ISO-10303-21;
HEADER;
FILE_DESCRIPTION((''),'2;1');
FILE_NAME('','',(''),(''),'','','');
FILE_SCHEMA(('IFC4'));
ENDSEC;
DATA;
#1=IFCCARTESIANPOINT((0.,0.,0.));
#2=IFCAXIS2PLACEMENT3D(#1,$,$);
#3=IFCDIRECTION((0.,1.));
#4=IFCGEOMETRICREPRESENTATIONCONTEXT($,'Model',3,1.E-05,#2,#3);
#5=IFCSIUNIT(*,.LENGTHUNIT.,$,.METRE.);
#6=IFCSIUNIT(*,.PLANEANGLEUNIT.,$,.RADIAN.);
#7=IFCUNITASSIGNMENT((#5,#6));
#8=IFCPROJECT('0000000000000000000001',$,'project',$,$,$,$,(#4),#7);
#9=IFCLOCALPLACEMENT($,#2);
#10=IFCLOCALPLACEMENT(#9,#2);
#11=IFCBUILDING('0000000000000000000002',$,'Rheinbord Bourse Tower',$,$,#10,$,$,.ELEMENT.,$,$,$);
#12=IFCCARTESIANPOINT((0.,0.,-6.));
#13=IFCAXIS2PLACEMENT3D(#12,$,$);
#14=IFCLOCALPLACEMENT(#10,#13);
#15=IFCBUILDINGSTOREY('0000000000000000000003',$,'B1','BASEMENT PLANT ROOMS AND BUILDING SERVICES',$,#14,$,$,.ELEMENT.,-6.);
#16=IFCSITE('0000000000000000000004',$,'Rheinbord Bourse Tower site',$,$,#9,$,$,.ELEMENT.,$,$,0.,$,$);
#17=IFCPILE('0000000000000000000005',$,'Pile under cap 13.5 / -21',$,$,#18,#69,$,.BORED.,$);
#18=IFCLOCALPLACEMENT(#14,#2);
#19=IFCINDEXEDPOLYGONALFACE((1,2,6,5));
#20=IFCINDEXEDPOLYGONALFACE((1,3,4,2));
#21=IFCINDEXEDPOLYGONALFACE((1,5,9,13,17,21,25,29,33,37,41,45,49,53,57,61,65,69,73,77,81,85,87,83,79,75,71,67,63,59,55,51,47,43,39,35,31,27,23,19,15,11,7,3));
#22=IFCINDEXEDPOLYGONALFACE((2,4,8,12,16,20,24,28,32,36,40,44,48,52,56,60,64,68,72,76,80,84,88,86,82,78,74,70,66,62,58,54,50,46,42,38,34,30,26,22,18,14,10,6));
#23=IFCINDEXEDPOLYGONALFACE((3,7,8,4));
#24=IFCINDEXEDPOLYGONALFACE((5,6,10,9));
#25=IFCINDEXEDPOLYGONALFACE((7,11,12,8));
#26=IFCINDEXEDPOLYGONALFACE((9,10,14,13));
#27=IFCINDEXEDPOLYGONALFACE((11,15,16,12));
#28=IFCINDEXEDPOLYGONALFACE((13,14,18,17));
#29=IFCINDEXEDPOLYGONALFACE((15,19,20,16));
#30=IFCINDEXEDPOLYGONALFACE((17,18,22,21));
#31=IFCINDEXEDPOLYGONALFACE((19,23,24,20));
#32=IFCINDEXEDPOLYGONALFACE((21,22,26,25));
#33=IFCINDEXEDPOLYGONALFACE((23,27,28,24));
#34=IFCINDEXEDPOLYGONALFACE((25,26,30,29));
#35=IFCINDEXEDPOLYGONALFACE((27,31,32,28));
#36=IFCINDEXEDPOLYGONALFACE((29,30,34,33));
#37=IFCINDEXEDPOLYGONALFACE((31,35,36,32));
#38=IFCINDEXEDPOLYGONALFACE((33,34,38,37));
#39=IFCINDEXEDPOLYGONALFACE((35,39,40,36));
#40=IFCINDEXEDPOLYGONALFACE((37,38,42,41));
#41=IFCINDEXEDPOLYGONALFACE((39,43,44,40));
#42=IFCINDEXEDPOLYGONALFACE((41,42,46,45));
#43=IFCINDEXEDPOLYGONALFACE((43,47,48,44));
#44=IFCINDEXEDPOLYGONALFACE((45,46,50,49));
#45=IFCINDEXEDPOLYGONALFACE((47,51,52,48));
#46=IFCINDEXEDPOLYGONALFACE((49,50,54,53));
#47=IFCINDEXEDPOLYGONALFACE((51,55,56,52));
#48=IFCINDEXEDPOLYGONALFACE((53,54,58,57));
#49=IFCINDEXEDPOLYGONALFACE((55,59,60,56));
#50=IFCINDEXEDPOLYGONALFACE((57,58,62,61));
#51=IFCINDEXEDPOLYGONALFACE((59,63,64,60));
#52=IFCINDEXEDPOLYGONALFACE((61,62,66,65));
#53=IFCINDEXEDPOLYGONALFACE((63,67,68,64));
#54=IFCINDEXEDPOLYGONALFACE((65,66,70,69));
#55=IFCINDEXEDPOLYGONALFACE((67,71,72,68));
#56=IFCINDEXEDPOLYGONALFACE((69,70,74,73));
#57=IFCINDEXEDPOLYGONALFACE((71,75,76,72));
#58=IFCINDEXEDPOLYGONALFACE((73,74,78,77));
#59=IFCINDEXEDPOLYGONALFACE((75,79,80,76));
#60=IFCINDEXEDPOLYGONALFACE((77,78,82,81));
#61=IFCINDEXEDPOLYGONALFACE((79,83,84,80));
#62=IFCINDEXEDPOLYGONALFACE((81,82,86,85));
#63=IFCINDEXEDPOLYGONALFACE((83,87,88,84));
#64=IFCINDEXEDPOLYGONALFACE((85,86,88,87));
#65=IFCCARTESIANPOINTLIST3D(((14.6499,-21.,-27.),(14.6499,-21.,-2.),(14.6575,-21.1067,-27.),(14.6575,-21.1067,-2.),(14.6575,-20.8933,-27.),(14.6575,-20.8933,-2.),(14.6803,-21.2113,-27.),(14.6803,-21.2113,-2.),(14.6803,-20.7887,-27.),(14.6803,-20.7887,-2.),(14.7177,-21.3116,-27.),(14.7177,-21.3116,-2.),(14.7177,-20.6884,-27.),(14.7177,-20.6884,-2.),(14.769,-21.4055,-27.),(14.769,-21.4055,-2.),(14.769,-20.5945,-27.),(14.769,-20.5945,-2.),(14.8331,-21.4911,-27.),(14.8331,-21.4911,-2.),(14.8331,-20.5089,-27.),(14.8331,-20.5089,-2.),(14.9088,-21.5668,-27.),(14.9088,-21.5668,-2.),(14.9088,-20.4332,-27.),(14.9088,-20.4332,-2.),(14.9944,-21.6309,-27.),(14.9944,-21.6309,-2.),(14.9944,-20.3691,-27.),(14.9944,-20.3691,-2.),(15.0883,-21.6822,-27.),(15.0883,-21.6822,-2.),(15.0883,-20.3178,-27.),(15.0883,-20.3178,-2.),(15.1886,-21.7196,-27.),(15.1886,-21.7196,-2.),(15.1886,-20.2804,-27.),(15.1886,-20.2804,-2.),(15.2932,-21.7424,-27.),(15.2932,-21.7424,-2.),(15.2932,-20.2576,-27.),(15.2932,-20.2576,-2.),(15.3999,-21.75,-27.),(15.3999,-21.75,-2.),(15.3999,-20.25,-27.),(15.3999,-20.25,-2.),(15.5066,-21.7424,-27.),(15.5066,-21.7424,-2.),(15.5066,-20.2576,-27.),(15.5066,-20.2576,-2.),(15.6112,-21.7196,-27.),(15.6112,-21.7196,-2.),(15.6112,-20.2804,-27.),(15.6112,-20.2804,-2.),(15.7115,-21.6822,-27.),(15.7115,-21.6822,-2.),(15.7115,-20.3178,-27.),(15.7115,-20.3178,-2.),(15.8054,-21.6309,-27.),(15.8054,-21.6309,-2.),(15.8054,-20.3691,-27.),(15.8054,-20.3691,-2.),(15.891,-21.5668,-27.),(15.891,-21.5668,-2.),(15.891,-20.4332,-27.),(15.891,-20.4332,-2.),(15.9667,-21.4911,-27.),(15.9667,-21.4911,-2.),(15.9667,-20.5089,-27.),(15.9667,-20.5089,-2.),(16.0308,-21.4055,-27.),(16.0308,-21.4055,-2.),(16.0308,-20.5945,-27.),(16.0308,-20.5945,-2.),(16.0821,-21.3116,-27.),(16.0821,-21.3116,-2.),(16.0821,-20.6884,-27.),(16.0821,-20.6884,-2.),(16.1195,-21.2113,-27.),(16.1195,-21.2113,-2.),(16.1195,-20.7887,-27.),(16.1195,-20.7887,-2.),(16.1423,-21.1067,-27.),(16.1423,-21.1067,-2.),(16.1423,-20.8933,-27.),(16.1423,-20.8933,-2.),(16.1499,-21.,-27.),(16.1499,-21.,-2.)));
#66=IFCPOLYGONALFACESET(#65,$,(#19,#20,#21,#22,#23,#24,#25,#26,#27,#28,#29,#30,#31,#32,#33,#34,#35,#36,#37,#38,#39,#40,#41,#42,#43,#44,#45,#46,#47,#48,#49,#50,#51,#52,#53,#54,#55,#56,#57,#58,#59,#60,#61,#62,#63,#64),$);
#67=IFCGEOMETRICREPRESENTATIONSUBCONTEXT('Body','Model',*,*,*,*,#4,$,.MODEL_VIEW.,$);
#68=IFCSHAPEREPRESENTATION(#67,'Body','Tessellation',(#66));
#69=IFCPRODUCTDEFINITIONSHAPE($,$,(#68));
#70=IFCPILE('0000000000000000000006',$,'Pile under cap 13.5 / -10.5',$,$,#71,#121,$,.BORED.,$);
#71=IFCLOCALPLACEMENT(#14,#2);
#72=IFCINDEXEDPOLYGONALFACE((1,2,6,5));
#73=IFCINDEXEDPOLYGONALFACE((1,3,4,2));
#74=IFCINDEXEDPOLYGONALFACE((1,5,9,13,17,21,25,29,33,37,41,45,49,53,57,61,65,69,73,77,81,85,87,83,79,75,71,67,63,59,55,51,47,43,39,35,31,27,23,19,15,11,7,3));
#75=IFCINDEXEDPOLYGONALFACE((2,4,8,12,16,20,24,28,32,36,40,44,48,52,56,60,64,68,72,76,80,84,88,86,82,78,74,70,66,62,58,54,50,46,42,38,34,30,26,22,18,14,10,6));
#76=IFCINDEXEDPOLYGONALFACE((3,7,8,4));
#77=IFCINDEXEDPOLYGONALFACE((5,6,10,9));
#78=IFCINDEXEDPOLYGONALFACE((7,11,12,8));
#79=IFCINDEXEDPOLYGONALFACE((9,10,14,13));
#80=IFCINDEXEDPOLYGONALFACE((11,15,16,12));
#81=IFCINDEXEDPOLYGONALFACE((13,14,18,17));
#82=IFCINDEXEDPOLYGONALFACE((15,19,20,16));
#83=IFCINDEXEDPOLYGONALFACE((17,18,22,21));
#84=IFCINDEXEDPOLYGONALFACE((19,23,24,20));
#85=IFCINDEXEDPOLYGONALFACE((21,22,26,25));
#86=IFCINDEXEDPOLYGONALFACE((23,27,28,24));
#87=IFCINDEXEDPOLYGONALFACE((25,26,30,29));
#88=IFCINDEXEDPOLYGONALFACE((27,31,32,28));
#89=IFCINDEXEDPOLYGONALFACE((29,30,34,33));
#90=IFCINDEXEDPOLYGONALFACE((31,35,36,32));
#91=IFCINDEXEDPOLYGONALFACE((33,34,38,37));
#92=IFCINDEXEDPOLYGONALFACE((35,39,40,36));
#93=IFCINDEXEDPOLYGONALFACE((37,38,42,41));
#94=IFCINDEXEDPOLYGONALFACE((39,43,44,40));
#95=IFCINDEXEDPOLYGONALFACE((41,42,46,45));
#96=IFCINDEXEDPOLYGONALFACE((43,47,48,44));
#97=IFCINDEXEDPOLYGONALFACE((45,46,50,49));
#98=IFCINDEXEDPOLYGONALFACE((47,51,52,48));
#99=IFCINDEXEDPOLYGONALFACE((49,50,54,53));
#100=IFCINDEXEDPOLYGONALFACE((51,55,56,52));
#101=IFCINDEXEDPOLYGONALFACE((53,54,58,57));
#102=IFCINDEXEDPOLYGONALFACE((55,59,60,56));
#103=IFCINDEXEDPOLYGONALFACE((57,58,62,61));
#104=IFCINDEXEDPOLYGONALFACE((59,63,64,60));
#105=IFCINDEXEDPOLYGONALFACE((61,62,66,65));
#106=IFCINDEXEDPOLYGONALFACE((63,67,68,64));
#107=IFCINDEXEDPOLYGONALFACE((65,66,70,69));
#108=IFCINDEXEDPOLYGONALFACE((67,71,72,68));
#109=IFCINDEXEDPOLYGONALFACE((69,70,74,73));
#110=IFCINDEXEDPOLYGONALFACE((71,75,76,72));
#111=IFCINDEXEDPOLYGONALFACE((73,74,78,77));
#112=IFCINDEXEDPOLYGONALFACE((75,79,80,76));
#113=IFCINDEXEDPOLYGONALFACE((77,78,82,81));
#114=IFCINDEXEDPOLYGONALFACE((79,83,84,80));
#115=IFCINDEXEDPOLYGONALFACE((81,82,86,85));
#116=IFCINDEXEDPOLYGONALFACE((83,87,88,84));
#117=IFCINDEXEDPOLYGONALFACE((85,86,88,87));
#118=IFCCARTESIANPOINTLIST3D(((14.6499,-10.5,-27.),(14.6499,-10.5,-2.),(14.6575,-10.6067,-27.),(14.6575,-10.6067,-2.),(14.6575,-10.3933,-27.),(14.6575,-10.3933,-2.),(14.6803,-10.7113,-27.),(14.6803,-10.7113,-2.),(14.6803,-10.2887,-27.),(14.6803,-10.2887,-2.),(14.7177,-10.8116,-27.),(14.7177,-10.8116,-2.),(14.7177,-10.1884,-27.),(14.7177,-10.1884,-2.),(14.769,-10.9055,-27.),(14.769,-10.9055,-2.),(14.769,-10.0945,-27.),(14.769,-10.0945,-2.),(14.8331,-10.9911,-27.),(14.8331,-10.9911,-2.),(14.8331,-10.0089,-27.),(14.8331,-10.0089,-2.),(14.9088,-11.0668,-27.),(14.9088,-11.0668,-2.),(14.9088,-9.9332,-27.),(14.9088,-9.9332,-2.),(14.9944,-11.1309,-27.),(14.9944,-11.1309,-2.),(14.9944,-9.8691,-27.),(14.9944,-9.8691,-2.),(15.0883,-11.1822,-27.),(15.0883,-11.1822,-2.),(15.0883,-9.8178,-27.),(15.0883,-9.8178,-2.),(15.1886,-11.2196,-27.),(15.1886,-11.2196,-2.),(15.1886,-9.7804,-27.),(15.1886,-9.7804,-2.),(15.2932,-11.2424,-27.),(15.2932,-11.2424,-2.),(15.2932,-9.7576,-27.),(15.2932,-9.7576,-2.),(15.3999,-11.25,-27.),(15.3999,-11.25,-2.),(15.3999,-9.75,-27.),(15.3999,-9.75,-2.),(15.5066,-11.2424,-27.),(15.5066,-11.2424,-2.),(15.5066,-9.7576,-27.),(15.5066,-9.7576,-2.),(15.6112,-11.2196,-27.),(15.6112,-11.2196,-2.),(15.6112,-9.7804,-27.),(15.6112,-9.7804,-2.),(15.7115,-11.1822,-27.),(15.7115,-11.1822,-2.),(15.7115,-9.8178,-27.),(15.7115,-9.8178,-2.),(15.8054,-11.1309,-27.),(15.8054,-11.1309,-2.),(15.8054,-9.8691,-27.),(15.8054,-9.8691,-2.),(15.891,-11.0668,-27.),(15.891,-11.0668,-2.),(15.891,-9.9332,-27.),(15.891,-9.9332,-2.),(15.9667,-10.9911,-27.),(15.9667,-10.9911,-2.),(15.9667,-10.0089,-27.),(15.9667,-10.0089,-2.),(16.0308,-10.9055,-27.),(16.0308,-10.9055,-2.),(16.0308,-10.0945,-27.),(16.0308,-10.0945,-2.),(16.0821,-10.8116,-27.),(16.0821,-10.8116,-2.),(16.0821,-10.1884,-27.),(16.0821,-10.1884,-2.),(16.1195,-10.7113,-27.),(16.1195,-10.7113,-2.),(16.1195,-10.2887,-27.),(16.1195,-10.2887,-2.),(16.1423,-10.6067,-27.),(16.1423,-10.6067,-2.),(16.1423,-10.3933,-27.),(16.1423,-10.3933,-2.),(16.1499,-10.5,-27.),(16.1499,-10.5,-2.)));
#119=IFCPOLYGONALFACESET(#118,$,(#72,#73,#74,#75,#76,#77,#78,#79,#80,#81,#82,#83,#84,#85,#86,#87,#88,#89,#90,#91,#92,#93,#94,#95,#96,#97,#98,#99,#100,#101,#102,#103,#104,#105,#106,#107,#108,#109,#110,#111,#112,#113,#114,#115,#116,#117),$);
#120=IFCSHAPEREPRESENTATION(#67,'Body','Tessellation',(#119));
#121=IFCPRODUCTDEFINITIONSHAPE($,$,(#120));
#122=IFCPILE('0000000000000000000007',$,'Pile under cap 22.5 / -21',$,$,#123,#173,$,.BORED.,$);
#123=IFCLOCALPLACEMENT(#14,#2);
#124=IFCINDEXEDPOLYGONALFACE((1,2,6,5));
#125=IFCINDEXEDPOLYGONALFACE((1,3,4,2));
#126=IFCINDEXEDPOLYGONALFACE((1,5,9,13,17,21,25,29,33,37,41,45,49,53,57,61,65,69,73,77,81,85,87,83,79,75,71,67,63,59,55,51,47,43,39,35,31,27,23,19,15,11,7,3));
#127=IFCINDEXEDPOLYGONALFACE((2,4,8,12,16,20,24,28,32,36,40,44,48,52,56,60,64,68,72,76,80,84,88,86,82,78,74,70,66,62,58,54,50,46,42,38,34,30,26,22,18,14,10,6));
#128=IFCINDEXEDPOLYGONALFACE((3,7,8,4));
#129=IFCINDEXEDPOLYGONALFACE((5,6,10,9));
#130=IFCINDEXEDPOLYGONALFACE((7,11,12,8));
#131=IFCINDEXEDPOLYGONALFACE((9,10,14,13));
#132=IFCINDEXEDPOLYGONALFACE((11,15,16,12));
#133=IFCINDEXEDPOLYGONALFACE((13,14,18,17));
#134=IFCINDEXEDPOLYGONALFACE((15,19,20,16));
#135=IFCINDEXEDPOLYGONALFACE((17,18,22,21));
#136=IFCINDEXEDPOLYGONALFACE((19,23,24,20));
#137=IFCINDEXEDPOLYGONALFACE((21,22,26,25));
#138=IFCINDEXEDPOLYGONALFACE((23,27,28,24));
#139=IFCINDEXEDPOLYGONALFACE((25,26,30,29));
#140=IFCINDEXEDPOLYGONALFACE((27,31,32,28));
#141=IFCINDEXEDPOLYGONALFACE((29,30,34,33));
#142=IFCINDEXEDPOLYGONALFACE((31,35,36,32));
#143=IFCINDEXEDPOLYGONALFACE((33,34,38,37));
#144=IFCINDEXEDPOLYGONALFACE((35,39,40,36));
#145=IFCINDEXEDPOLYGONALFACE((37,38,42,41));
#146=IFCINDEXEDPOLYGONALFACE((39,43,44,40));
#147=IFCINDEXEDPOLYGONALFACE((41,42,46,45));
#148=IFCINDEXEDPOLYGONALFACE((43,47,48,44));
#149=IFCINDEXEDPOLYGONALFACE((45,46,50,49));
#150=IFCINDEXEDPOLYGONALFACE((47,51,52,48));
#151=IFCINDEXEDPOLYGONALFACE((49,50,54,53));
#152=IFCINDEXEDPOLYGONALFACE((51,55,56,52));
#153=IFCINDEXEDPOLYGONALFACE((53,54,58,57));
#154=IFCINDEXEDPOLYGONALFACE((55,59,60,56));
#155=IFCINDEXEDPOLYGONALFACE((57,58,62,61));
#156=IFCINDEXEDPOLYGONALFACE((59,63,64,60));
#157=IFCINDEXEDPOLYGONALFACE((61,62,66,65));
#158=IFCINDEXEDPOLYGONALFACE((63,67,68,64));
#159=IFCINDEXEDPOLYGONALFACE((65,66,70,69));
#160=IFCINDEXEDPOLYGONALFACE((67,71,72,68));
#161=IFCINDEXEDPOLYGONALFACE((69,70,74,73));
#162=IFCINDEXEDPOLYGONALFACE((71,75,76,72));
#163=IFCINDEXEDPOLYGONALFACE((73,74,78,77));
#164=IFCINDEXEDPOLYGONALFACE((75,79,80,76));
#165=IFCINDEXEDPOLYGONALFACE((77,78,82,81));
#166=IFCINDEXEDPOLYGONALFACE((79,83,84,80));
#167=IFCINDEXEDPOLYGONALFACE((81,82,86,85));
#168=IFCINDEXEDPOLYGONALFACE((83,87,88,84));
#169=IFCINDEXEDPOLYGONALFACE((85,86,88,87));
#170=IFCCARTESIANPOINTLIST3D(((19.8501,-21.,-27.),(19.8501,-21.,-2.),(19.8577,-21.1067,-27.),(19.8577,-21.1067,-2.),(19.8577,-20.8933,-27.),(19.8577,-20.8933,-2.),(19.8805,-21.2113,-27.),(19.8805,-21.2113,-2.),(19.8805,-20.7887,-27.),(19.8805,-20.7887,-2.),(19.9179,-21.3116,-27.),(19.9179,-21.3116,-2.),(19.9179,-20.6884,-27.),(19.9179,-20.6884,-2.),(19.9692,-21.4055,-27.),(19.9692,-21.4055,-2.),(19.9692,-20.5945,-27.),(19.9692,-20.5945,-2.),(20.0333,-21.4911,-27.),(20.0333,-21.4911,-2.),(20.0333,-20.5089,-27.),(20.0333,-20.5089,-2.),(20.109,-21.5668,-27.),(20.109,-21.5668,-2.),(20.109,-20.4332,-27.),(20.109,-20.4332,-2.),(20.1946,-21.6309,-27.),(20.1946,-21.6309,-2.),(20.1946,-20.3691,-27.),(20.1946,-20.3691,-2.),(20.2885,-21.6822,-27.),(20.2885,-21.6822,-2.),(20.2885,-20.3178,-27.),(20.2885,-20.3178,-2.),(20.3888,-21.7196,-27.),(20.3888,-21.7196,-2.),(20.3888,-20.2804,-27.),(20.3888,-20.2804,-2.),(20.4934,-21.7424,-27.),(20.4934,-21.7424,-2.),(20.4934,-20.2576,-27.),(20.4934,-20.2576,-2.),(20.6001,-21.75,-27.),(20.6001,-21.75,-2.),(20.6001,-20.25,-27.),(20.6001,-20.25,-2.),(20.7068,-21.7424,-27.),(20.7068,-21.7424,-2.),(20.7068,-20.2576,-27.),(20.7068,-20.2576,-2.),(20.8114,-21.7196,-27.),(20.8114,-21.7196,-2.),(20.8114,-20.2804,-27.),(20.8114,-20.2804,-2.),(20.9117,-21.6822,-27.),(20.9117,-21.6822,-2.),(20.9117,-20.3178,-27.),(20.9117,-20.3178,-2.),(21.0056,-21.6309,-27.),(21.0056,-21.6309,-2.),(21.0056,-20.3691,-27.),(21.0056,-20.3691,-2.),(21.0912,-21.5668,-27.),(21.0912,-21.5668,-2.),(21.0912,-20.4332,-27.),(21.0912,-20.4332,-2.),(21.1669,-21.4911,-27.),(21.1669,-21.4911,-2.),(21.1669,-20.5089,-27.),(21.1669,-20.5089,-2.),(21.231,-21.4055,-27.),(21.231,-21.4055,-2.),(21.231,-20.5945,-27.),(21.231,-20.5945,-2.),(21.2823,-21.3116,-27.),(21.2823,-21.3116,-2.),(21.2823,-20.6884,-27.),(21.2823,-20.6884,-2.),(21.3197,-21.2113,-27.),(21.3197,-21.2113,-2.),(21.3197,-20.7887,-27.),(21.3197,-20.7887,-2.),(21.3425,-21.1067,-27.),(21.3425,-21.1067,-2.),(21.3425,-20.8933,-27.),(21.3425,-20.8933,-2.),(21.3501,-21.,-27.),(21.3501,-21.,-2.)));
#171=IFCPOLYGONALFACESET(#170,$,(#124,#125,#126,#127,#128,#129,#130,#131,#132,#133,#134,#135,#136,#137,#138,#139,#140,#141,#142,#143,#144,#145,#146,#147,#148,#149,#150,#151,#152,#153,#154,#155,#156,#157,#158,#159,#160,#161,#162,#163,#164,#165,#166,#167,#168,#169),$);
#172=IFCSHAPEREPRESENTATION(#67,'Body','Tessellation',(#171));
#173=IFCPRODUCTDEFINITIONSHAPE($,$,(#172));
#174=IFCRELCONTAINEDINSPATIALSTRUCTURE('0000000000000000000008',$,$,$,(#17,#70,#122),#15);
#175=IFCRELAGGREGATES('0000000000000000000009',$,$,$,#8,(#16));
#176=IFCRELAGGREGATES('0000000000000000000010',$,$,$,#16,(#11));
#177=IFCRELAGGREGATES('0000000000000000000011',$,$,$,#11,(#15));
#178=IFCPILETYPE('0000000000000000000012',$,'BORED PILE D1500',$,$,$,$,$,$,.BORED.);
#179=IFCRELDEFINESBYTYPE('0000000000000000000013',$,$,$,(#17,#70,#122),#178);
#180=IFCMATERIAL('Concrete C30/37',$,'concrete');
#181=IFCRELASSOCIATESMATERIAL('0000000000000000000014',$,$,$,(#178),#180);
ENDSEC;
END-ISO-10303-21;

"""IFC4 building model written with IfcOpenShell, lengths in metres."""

from ifc_helpers import new_model, si_unit, direction, frame, origin, origin_2d, place, context, subcontext, project, spatial, circle, extrude, material, material_profile, profile_set, type_object, element, save


model = new_model("IFC4")

# Units and contexts
model_context = context("Model", 3, precision=1e-05, world=origin(), true_north=direction((0.0, 1.0)))
body_context = subcontext(model_context, "Body", "Model", "MODEL_VIEW")
ifc_project = project(units=[si_unit("LENGTHUNIT", "METRE"), si_unit("PLANEANGLEUNIT", "RADIAN")], contexts=[model_context])

# Site, building, storey
site_placement = place(None, origin())
site = spatial("IfcSite", under=ifc_project, at=site_placement, Name="Rheinbord Bourse Tower site", CompositionType="ELEMENT", RefElevation=0.0)
building_placement = place(site_placement, origin())
building = spatial("IfcBuilding", under=site, at=building_placement, Name="Rheinbord Bourse Tower", CompositionType="ELEMENT")
storey_placement = place(building_placement, frame((0.0, 0.0, -6.0)))
storey = spatial("IfcBuildingStorey", under=building, at=storey_placement, Name="B1", Description="BASEMENT PLANT ROOMS AND BUILDING SERVICES", CompositionType="ELEMENT", Elevation=-6.0)

# Piles
ifc_material_1 = material(Name="Concrete C30/37", Category="concrete")
ifc_material_profile_1 = material_profile(ifc_material_1, circle(Radius=0.75, at=origin_2d()), Name="D1500")
ifc_profile_set_1 = profile_set([ifc_material_profile_1], Name="Concrete C30/37")
pile_type = type_object("IfcPileType", Name="BORED PILE D1500", PredefinedType="BORED", material=ifc_profile_set_1)
for number, where, z_axis, x_axis, name in (
    (1, (15.3999, -21.0, -2.0), (0.0, 0.0, -1.0), (1.0, 0.0, 0.0), "Pile under cap 13.5 / -21"),
    (2, (15.3999, -10.5, -2.0), (0.0, 0.0, -1.0), (1.0, 0.0, 0.0), "Pile under cap 13.5 / -10.5"),
    (3, (20.6001, -21.0, -2.0), (0.0, 0.0, -1.0), (1.0, 0.0, 0.0), "Pile under cap 22.5 / -21"),
):
    element("IfcPile", number, at=place(storey_placement, frame(where, z_axis=z_axis, x_axis=x_axis)), inside=storey, type_object=pile_type, Name=name, PredefinedType="BORED", context=body_context, shape_type="SweptSolid", body=[
        extrude(circle(Radius=0.75, at=origin_2d()), origin(), (0.0, 0.0, 1.0), 25.0),
    ])

save(model, "model.ifc")
